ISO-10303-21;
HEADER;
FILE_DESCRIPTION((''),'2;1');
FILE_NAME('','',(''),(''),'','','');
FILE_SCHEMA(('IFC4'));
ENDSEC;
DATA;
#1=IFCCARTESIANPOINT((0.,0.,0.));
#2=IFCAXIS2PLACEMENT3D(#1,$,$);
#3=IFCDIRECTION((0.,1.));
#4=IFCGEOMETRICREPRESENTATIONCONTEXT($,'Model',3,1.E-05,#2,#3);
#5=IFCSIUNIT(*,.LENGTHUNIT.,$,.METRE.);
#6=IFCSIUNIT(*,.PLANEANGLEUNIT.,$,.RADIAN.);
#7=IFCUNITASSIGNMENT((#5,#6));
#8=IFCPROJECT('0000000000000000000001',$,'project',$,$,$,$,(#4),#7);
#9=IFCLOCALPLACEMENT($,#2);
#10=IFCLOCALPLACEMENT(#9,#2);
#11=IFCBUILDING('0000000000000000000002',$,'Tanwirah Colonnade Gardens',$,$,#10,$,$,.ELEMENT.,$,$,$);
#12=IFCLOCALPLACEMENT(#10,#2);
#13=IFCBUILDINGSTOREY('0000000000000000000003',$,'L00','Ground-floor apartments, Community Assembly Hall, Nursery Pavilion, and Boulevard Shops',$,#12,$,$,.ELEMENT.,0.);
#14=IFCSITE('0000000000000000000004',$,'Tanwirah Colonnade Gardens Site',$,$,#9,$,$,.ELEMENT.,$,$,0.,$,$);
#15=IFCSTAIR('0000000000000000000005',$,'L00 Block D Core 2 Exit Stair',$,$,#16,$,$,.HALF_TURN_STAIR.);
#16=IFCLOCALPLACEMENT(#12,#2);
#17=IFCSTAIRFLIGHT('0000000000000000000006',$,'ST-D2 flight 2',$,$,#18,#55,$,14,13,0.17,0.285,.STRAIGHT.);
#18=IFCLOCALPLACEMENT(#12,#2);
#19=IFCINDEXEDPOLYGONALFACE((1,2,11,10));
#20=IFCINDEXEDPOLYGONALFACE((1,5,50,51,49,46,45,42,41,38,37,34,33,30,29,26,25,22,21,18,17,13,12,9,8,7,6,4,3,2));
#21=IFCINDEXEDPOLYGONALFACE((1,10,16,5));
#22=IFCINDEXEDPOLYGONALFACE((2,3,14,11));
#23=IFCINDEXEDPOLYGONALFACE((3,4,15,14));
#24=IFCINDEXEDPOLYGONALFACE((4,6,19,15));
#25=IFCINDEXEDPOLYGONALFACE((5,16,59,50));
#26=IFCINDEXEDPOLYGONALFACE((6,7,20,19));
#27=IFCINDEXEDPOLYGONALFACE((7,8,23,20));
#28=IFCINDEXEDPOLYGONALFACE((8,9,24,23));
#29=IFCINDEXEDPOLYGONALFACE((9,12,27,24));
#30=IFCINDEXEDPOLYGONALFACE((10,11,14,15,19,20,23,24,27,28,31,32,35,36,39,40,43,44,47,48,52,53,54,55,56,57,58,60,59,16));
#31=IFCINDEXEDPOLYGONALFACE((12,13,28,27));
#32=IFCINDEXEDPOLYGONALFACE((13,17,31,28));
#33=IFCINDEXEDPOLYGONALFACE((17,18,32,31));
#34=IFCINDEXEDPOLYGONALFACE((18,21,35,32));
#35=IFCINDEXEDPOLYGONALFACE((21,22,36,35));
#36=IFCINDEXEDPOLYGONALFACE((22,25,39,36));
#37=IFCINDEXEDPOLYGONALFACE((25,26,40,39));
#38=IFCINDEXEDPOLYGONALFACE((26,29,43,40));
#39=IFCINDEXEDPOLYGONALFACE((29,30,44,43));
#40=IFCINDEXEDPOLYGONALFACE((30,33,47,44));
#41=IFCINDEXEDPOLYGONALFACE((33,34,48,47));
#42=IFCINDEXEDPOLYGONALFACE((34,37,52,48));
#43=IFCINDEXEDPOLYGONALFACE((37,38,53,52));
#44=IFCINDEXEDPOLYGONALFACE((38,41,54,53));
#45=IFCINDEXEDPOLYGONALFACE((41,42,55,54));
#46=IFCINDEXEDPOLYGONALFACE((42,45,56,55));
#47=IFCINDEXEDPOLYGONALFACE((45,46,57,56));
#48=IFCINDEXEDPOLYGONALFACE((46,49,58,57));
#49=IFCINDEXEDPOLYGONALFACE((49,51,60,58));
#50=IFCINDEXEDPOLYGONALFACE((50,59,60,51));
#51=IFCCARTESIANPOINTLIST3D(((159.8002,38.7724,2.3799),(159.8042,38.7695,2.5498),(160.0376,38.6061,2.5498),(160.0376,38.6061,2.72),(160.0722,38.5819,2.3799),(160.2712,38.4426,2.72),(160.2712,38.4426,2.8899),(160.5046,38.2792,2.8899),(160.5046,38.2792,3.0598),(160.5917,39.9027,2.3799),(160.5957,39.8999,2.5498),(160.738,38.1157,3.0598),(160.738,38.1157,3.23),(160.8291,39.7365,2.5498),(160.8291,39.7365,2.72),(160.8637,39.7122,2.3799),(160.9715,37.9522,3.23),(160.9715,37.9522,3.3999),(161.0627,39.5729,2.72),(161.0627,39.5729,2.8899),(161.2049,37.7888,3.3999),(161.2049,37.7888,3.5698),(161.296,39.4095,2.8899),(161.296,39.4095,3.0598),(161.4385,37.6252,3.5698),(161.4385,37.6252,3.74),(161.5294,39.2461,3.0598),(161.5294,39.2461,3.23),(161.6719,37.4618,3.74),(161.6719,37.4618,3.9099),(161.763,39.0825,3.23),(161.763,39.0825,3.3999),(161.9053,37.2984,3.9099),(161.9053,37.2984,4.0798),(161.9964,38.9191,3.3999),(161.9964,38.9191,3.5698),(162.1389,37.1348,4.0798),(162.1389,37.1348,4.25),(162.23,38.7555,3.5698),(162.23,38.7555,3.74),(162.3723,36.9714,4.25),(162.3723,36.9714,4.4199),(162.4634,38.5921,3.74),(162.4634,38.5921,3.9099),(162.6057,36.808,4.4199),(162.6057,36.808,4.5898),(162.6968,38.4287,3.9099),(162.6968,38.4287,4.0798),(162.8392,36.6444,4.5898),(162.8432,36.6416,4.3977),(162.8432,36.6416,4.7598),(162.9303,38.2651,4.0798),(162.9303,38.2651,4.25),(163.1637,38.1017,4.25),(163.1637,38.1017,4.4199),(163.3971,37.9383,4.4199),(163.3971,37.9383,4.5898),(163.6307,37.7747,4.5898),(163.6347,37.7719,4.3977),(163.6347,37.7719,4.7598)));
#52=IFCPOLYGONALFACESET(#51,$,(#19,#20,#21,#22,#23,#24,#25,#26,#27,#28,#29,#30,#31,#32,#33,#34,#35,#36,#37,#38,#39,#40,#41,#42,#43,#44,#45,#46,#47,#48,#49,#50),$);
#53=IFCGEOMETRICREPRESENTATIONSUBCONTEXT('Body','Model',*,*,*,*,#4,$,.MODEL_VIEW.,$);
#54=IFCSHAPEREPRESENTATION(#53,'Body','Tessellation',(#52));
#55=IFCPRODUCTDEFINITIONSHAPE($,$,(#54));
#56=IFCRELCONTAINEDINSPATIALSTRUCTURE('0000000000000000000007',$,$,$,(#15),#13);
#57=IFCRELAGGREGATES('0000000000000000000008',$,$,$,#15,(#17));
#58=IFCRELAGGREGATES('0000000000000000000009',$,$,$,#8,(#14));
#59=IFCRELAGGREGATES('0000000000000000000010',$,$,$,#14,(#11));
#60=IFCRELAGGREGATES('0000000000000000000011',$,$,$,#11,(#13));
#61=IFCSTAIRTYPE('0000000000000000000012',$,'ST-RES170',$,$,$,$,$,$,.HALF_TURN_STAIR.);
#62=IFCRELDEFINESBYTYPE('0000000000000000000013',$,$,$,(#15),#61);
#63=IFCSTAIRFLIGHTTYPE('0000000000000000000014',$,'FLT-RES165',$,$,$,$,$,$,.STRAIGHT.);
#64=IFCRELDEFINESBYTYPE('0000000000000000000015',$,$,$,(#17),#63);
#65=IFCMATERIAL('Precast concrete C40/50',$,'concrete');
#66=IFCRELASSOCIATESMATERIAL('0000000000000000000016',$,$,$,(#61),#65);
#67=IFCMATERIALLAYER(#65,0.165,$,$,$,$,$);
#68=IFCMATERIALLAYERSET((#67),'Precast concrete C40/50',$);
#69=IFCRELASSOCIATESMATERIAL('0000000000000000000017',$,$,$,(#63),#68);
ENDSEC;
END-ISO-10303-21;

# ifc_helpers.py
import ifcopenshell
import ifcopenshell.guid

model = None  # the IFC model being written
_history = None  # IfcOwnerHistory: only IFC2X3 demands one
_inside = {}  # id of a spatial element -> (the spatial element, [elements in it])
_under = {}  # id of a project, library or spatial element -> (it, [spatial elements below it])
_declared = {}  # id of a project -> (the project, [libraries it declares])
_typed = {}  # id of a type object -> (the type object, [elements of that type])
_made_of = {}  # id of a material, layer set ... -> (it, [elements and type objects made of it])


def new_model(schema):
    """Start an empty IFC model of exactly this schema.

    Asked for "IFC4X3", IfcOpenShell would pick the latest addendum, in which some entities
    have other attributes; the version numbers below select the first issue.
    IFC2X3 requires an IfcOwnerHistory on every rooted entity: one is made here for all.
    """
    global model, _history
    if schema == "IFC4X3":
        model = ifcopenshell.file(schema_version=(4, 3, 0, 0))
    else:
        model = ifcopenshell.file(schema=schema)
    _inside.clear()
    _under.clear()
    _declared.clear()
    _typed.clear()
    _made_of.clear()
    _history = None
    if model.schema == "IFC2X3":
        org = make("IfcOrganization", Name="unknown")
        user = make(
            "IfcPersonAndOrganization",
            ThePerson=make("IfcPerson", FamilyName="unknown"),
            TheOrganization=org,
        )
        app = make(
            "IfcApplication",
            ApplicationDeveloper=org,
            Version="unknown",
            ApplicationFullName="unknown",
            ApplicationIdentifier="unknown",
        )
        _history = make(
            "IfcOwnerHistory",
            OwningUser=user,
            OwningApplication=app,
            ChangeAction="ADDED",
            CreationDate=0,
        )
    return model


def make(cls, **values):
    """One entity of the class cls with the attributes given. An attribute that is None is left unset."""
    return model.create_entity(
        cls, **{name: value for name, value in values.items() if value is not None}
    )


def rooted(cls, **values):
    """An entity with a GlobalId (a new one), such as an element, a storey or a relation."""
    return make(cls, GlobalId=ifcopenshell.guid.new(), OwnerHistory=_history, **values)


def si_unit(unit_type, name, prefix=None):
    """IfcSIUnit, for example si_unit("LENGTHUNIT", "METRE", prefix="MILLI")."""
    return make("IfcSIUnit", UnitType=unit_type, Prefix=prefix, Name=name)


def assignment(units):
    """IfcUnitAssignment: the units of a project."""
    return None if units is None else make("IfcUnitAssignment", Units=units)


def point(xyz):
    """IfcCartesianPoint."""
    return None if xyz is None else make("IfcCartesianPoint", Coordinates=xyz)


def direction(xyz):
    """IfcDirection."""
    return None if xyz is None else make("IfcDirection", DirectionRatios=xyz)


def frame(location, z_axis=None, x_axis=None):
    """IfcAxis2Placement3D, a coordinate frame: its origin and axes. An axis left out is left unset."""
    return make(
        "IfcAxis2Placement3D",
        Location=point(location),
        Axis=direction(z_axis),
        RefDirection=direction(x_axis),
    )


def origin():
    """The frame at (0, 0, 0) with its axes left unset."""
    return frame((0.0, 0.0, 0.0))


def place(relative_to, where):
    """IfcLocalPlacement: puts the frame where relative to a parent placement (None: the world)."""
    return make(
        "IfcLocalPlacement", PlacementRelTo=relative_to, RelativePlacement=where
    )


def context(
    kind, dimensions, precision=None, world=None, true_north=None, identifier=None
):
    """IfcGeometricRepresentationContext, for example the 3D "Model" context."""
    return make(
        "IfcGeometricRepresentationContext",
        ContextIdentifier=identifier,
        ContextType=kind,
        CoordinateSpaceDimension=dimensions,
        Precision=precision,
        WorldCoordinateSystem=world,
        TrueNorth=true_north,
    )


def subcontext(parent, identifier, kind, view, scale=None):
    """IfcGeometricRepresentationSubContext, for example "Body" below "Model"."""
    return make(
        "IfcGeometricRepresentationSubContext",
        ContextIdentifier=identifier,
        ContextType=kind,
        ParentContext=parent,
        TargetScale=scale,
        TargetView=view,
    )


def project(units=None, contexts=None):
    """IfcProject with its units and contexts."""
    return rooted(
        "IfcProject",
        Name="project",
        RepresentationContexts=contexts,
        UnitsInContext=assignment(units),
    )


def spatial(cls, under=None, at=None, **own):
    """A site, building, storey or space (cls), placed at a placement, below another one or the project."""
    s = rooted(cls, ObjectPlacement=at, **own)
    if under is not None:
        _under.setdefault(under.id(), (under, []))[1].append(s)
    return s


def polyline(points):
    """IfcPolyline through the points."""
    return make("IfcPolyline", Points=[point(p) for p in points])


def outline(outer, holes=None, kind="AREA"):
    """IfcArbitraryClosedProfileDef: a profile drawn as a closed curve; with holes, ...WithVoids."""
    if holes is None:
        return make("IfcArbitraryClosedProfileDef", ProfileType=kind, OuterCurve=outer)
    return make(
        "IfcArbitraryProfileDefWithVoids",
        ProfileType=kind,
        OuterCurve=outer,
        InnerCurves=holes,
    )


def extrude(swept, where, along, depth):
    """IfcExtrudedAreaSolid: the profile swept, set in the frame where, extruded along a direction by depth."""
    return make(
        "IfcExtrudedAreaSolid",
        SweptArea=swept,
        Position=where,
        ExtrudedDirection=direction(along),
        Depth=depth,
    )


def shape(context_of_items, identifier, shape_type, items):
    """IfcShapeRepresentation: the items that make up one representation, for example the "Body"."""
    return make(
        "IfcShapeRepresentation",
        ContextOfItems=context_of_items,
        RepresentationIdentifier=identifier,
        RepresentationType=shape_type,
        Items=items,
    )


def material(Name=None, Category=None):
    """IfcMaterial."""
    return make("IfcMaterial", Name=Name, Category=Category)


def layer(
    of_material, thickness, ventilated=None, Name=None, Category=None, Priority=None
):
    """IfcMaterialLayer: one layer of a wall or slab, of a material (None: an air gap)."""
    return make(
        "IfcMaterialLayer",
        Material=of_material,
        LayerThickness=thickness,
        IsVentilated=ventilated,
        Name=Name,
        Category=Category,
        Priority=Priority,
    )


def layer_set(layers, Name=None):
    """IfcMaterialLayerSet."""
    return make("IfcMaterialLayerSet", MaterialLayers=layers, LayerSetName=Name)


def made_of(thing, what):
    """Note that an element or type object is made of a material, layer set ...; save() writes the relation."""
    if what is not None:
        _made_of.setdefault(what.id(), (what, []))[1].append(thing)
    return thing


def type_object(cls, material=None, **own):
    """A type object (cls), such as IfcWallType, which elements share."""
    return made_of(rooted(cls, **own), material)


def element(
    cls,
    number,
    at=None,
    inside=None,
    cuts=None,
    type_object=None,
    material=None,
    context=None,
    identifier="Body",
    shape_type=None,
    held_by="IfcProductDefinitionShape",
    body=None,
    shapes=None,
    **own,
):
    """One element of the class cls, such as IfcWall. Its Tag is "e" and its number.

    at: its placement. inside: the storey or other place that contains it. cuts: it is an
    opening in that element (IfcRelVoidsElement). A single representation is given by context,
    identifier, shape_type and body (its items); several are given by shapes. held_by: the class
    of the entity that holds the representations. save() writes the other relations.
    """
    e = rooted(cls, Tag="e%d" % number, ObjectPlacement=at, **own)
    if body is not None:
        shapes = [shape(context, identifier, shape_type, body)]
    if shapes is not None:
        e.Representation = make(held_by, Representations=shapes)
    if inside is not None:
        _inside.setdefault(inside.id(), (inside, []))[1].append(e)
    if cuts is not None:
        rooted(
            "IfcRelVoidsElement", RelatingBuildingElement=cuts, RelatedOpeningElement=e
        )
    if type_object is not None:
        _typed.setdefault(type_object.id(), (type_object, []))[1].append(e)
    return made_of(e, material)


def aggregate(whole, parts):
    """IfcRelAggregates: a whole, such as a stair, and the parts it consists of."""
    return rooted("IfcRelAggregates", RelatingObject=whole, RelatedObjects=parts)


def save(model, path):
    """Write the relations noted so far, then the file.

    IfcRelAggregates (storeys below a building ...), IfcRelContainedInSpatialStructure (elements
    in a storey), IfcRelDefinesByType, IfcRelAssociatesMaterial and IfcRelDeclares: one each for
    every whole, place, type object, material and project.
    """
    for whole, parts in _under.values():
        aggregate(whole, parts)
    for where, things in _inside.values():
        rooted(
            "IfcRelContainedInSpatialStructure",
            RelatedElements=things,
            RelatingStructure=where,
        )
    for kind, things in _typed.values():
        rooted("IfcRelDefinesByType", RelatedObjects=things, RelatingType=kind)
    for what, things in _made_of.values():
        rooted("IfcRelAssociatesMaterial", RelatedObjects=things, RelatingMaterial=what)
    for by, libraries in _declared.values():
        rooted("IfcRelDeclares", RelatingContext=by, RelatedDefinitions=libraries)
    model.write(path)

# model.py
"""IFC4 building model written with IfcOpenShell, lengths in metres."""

from ifc_helpers import new_model, si_unit, direction, frame, origin, place, context, subcontext, project, spatial, polyline, outline, extrude, material, layer, layer_set, type_object, element, aggregate, save


model = new_model("IFC4")

# Units and contexts
model_context = context("Model", 3, precision=1e-05, world=origin(), true_north=direction((0.0, 1.0)))
body_context = subcontext(model_context, "Body", "Model", "MODEL_VIEW")
ifc_project = project(units=[si_unit("LENGTHUNIT", "METRE"), si_unit("PLANEANGLEUNIT", "RADIAN")], contexts=[model_context])

# Site, building, storey
site_placement = place(None, origin())
site = spatial("IfcSite", under=ifc_project, at=site_placement, Name="Tanwirah Colonnade Gardens Site", CompositionType="ELEMENT", RefElevation=0.0)
building_placement = place(site_placement, origin())
building = spatial("IfcBuilding", under=site, at=building_placement, Name="Tanwirah Colonnade Gardens", CompositionType="ELEMENT")
storey_placement = place(building_placement, origin())
storey = spatial("IfcBuildingStorey", under=building, at=storey_placement, Name="L00", Description="Ground-floor apartments, Community Assembly Hall, Nursery Pavilion, and Boulevard Shops", CompositionType="ELEMENT", Elevation=0.0)

# Shared definitions
ifc_material_1 = material(Name="Precast concrete C40/50", Category="concrete")

# Stair, stair flight
stair_type = type_object("IfcStairType", Name="ST-RES170", PredefinedType="HALF_TURN_STAIR", material=ifc_material_1)
stair_placement = place(storey_placement, origin())
stair = element("IfcStair", 1, at=stair_placement, inside=storey, type_object=stair_type, Name="L00 Block D Core 2 Exit Stair", PredefinedType="HALF_TURN_STAIR")
ifc_layer_1 = layer(ifc_material_1, 0.165)
ifc_layer_set_1 = layer_set([ifc_layer_1], Name="Precast concrete C40/50")
stair_flight_type = type_object("IfcStairFlightType", Name="FLT-RES165", PredefinedType="STRAIGHT", material=ifc_layer_set_1)
stair_flight_1_placement = place(storey_placement, frame((160.2, 39.3347, 2.3799), z_axis=(0.0, 0.0, 1.0), x_axis=(0.819152, -0.573576, 0.0)))
stair_flight_1 = element("IfcStairFlight", 2, at=stair_flight_1_placement, type_object=stair_flight_type, Name="ST-D2 flight 2", NumberOfRisers=14, NumberOfTreads=13, PredefinedType="STRAIGHT", RiserHeight=0.17, TreadLength=0.285, context=body_context, shape_type="SweptSolid", body=[
    extrude(outline(polyline([(-0.0049, 0.0), (0.0, 0.1699), (0.2849, 0.1699), (0.2849, 0.3401), (0.5701, 0.3401), (0.5701, 0.51), (0.855, 0.51), (0.855, 0.6799), (1.1399, 0.6799), (1.1399, 0.8501), (1.425, 0.8501), (1.425, 1.02), (1.71, 1.02), (1.71, 1.1899), (1.9951, 1.1899), (1.9951, 1.3601), (2.28, 1.3601), (2.28, 1.53), (2.5649, 1.53), (2.5649, 1.7), (2.8501, 1.7), (2.8501, 1.8701), (3.135, 1.8701), (3.135, 2.04), (3.4199, 2.04), (3.4199, 2.21), (3.7051, 2.21), (3.71, 2.3799), (3.71, 2.0178), (0.3271, 0.0), (-0.0049, 0.0)])), frame((0.0, 0.6899, 0.0), z_axis=(0.0, -1.0, 0.0), x_axis=(1.0, 0.0, 0.0)), (0.0, 0.0, 1.0), 1.3799),
])
aggregate(stair, [stair_flight_1])

save(model, "model.ifc")
